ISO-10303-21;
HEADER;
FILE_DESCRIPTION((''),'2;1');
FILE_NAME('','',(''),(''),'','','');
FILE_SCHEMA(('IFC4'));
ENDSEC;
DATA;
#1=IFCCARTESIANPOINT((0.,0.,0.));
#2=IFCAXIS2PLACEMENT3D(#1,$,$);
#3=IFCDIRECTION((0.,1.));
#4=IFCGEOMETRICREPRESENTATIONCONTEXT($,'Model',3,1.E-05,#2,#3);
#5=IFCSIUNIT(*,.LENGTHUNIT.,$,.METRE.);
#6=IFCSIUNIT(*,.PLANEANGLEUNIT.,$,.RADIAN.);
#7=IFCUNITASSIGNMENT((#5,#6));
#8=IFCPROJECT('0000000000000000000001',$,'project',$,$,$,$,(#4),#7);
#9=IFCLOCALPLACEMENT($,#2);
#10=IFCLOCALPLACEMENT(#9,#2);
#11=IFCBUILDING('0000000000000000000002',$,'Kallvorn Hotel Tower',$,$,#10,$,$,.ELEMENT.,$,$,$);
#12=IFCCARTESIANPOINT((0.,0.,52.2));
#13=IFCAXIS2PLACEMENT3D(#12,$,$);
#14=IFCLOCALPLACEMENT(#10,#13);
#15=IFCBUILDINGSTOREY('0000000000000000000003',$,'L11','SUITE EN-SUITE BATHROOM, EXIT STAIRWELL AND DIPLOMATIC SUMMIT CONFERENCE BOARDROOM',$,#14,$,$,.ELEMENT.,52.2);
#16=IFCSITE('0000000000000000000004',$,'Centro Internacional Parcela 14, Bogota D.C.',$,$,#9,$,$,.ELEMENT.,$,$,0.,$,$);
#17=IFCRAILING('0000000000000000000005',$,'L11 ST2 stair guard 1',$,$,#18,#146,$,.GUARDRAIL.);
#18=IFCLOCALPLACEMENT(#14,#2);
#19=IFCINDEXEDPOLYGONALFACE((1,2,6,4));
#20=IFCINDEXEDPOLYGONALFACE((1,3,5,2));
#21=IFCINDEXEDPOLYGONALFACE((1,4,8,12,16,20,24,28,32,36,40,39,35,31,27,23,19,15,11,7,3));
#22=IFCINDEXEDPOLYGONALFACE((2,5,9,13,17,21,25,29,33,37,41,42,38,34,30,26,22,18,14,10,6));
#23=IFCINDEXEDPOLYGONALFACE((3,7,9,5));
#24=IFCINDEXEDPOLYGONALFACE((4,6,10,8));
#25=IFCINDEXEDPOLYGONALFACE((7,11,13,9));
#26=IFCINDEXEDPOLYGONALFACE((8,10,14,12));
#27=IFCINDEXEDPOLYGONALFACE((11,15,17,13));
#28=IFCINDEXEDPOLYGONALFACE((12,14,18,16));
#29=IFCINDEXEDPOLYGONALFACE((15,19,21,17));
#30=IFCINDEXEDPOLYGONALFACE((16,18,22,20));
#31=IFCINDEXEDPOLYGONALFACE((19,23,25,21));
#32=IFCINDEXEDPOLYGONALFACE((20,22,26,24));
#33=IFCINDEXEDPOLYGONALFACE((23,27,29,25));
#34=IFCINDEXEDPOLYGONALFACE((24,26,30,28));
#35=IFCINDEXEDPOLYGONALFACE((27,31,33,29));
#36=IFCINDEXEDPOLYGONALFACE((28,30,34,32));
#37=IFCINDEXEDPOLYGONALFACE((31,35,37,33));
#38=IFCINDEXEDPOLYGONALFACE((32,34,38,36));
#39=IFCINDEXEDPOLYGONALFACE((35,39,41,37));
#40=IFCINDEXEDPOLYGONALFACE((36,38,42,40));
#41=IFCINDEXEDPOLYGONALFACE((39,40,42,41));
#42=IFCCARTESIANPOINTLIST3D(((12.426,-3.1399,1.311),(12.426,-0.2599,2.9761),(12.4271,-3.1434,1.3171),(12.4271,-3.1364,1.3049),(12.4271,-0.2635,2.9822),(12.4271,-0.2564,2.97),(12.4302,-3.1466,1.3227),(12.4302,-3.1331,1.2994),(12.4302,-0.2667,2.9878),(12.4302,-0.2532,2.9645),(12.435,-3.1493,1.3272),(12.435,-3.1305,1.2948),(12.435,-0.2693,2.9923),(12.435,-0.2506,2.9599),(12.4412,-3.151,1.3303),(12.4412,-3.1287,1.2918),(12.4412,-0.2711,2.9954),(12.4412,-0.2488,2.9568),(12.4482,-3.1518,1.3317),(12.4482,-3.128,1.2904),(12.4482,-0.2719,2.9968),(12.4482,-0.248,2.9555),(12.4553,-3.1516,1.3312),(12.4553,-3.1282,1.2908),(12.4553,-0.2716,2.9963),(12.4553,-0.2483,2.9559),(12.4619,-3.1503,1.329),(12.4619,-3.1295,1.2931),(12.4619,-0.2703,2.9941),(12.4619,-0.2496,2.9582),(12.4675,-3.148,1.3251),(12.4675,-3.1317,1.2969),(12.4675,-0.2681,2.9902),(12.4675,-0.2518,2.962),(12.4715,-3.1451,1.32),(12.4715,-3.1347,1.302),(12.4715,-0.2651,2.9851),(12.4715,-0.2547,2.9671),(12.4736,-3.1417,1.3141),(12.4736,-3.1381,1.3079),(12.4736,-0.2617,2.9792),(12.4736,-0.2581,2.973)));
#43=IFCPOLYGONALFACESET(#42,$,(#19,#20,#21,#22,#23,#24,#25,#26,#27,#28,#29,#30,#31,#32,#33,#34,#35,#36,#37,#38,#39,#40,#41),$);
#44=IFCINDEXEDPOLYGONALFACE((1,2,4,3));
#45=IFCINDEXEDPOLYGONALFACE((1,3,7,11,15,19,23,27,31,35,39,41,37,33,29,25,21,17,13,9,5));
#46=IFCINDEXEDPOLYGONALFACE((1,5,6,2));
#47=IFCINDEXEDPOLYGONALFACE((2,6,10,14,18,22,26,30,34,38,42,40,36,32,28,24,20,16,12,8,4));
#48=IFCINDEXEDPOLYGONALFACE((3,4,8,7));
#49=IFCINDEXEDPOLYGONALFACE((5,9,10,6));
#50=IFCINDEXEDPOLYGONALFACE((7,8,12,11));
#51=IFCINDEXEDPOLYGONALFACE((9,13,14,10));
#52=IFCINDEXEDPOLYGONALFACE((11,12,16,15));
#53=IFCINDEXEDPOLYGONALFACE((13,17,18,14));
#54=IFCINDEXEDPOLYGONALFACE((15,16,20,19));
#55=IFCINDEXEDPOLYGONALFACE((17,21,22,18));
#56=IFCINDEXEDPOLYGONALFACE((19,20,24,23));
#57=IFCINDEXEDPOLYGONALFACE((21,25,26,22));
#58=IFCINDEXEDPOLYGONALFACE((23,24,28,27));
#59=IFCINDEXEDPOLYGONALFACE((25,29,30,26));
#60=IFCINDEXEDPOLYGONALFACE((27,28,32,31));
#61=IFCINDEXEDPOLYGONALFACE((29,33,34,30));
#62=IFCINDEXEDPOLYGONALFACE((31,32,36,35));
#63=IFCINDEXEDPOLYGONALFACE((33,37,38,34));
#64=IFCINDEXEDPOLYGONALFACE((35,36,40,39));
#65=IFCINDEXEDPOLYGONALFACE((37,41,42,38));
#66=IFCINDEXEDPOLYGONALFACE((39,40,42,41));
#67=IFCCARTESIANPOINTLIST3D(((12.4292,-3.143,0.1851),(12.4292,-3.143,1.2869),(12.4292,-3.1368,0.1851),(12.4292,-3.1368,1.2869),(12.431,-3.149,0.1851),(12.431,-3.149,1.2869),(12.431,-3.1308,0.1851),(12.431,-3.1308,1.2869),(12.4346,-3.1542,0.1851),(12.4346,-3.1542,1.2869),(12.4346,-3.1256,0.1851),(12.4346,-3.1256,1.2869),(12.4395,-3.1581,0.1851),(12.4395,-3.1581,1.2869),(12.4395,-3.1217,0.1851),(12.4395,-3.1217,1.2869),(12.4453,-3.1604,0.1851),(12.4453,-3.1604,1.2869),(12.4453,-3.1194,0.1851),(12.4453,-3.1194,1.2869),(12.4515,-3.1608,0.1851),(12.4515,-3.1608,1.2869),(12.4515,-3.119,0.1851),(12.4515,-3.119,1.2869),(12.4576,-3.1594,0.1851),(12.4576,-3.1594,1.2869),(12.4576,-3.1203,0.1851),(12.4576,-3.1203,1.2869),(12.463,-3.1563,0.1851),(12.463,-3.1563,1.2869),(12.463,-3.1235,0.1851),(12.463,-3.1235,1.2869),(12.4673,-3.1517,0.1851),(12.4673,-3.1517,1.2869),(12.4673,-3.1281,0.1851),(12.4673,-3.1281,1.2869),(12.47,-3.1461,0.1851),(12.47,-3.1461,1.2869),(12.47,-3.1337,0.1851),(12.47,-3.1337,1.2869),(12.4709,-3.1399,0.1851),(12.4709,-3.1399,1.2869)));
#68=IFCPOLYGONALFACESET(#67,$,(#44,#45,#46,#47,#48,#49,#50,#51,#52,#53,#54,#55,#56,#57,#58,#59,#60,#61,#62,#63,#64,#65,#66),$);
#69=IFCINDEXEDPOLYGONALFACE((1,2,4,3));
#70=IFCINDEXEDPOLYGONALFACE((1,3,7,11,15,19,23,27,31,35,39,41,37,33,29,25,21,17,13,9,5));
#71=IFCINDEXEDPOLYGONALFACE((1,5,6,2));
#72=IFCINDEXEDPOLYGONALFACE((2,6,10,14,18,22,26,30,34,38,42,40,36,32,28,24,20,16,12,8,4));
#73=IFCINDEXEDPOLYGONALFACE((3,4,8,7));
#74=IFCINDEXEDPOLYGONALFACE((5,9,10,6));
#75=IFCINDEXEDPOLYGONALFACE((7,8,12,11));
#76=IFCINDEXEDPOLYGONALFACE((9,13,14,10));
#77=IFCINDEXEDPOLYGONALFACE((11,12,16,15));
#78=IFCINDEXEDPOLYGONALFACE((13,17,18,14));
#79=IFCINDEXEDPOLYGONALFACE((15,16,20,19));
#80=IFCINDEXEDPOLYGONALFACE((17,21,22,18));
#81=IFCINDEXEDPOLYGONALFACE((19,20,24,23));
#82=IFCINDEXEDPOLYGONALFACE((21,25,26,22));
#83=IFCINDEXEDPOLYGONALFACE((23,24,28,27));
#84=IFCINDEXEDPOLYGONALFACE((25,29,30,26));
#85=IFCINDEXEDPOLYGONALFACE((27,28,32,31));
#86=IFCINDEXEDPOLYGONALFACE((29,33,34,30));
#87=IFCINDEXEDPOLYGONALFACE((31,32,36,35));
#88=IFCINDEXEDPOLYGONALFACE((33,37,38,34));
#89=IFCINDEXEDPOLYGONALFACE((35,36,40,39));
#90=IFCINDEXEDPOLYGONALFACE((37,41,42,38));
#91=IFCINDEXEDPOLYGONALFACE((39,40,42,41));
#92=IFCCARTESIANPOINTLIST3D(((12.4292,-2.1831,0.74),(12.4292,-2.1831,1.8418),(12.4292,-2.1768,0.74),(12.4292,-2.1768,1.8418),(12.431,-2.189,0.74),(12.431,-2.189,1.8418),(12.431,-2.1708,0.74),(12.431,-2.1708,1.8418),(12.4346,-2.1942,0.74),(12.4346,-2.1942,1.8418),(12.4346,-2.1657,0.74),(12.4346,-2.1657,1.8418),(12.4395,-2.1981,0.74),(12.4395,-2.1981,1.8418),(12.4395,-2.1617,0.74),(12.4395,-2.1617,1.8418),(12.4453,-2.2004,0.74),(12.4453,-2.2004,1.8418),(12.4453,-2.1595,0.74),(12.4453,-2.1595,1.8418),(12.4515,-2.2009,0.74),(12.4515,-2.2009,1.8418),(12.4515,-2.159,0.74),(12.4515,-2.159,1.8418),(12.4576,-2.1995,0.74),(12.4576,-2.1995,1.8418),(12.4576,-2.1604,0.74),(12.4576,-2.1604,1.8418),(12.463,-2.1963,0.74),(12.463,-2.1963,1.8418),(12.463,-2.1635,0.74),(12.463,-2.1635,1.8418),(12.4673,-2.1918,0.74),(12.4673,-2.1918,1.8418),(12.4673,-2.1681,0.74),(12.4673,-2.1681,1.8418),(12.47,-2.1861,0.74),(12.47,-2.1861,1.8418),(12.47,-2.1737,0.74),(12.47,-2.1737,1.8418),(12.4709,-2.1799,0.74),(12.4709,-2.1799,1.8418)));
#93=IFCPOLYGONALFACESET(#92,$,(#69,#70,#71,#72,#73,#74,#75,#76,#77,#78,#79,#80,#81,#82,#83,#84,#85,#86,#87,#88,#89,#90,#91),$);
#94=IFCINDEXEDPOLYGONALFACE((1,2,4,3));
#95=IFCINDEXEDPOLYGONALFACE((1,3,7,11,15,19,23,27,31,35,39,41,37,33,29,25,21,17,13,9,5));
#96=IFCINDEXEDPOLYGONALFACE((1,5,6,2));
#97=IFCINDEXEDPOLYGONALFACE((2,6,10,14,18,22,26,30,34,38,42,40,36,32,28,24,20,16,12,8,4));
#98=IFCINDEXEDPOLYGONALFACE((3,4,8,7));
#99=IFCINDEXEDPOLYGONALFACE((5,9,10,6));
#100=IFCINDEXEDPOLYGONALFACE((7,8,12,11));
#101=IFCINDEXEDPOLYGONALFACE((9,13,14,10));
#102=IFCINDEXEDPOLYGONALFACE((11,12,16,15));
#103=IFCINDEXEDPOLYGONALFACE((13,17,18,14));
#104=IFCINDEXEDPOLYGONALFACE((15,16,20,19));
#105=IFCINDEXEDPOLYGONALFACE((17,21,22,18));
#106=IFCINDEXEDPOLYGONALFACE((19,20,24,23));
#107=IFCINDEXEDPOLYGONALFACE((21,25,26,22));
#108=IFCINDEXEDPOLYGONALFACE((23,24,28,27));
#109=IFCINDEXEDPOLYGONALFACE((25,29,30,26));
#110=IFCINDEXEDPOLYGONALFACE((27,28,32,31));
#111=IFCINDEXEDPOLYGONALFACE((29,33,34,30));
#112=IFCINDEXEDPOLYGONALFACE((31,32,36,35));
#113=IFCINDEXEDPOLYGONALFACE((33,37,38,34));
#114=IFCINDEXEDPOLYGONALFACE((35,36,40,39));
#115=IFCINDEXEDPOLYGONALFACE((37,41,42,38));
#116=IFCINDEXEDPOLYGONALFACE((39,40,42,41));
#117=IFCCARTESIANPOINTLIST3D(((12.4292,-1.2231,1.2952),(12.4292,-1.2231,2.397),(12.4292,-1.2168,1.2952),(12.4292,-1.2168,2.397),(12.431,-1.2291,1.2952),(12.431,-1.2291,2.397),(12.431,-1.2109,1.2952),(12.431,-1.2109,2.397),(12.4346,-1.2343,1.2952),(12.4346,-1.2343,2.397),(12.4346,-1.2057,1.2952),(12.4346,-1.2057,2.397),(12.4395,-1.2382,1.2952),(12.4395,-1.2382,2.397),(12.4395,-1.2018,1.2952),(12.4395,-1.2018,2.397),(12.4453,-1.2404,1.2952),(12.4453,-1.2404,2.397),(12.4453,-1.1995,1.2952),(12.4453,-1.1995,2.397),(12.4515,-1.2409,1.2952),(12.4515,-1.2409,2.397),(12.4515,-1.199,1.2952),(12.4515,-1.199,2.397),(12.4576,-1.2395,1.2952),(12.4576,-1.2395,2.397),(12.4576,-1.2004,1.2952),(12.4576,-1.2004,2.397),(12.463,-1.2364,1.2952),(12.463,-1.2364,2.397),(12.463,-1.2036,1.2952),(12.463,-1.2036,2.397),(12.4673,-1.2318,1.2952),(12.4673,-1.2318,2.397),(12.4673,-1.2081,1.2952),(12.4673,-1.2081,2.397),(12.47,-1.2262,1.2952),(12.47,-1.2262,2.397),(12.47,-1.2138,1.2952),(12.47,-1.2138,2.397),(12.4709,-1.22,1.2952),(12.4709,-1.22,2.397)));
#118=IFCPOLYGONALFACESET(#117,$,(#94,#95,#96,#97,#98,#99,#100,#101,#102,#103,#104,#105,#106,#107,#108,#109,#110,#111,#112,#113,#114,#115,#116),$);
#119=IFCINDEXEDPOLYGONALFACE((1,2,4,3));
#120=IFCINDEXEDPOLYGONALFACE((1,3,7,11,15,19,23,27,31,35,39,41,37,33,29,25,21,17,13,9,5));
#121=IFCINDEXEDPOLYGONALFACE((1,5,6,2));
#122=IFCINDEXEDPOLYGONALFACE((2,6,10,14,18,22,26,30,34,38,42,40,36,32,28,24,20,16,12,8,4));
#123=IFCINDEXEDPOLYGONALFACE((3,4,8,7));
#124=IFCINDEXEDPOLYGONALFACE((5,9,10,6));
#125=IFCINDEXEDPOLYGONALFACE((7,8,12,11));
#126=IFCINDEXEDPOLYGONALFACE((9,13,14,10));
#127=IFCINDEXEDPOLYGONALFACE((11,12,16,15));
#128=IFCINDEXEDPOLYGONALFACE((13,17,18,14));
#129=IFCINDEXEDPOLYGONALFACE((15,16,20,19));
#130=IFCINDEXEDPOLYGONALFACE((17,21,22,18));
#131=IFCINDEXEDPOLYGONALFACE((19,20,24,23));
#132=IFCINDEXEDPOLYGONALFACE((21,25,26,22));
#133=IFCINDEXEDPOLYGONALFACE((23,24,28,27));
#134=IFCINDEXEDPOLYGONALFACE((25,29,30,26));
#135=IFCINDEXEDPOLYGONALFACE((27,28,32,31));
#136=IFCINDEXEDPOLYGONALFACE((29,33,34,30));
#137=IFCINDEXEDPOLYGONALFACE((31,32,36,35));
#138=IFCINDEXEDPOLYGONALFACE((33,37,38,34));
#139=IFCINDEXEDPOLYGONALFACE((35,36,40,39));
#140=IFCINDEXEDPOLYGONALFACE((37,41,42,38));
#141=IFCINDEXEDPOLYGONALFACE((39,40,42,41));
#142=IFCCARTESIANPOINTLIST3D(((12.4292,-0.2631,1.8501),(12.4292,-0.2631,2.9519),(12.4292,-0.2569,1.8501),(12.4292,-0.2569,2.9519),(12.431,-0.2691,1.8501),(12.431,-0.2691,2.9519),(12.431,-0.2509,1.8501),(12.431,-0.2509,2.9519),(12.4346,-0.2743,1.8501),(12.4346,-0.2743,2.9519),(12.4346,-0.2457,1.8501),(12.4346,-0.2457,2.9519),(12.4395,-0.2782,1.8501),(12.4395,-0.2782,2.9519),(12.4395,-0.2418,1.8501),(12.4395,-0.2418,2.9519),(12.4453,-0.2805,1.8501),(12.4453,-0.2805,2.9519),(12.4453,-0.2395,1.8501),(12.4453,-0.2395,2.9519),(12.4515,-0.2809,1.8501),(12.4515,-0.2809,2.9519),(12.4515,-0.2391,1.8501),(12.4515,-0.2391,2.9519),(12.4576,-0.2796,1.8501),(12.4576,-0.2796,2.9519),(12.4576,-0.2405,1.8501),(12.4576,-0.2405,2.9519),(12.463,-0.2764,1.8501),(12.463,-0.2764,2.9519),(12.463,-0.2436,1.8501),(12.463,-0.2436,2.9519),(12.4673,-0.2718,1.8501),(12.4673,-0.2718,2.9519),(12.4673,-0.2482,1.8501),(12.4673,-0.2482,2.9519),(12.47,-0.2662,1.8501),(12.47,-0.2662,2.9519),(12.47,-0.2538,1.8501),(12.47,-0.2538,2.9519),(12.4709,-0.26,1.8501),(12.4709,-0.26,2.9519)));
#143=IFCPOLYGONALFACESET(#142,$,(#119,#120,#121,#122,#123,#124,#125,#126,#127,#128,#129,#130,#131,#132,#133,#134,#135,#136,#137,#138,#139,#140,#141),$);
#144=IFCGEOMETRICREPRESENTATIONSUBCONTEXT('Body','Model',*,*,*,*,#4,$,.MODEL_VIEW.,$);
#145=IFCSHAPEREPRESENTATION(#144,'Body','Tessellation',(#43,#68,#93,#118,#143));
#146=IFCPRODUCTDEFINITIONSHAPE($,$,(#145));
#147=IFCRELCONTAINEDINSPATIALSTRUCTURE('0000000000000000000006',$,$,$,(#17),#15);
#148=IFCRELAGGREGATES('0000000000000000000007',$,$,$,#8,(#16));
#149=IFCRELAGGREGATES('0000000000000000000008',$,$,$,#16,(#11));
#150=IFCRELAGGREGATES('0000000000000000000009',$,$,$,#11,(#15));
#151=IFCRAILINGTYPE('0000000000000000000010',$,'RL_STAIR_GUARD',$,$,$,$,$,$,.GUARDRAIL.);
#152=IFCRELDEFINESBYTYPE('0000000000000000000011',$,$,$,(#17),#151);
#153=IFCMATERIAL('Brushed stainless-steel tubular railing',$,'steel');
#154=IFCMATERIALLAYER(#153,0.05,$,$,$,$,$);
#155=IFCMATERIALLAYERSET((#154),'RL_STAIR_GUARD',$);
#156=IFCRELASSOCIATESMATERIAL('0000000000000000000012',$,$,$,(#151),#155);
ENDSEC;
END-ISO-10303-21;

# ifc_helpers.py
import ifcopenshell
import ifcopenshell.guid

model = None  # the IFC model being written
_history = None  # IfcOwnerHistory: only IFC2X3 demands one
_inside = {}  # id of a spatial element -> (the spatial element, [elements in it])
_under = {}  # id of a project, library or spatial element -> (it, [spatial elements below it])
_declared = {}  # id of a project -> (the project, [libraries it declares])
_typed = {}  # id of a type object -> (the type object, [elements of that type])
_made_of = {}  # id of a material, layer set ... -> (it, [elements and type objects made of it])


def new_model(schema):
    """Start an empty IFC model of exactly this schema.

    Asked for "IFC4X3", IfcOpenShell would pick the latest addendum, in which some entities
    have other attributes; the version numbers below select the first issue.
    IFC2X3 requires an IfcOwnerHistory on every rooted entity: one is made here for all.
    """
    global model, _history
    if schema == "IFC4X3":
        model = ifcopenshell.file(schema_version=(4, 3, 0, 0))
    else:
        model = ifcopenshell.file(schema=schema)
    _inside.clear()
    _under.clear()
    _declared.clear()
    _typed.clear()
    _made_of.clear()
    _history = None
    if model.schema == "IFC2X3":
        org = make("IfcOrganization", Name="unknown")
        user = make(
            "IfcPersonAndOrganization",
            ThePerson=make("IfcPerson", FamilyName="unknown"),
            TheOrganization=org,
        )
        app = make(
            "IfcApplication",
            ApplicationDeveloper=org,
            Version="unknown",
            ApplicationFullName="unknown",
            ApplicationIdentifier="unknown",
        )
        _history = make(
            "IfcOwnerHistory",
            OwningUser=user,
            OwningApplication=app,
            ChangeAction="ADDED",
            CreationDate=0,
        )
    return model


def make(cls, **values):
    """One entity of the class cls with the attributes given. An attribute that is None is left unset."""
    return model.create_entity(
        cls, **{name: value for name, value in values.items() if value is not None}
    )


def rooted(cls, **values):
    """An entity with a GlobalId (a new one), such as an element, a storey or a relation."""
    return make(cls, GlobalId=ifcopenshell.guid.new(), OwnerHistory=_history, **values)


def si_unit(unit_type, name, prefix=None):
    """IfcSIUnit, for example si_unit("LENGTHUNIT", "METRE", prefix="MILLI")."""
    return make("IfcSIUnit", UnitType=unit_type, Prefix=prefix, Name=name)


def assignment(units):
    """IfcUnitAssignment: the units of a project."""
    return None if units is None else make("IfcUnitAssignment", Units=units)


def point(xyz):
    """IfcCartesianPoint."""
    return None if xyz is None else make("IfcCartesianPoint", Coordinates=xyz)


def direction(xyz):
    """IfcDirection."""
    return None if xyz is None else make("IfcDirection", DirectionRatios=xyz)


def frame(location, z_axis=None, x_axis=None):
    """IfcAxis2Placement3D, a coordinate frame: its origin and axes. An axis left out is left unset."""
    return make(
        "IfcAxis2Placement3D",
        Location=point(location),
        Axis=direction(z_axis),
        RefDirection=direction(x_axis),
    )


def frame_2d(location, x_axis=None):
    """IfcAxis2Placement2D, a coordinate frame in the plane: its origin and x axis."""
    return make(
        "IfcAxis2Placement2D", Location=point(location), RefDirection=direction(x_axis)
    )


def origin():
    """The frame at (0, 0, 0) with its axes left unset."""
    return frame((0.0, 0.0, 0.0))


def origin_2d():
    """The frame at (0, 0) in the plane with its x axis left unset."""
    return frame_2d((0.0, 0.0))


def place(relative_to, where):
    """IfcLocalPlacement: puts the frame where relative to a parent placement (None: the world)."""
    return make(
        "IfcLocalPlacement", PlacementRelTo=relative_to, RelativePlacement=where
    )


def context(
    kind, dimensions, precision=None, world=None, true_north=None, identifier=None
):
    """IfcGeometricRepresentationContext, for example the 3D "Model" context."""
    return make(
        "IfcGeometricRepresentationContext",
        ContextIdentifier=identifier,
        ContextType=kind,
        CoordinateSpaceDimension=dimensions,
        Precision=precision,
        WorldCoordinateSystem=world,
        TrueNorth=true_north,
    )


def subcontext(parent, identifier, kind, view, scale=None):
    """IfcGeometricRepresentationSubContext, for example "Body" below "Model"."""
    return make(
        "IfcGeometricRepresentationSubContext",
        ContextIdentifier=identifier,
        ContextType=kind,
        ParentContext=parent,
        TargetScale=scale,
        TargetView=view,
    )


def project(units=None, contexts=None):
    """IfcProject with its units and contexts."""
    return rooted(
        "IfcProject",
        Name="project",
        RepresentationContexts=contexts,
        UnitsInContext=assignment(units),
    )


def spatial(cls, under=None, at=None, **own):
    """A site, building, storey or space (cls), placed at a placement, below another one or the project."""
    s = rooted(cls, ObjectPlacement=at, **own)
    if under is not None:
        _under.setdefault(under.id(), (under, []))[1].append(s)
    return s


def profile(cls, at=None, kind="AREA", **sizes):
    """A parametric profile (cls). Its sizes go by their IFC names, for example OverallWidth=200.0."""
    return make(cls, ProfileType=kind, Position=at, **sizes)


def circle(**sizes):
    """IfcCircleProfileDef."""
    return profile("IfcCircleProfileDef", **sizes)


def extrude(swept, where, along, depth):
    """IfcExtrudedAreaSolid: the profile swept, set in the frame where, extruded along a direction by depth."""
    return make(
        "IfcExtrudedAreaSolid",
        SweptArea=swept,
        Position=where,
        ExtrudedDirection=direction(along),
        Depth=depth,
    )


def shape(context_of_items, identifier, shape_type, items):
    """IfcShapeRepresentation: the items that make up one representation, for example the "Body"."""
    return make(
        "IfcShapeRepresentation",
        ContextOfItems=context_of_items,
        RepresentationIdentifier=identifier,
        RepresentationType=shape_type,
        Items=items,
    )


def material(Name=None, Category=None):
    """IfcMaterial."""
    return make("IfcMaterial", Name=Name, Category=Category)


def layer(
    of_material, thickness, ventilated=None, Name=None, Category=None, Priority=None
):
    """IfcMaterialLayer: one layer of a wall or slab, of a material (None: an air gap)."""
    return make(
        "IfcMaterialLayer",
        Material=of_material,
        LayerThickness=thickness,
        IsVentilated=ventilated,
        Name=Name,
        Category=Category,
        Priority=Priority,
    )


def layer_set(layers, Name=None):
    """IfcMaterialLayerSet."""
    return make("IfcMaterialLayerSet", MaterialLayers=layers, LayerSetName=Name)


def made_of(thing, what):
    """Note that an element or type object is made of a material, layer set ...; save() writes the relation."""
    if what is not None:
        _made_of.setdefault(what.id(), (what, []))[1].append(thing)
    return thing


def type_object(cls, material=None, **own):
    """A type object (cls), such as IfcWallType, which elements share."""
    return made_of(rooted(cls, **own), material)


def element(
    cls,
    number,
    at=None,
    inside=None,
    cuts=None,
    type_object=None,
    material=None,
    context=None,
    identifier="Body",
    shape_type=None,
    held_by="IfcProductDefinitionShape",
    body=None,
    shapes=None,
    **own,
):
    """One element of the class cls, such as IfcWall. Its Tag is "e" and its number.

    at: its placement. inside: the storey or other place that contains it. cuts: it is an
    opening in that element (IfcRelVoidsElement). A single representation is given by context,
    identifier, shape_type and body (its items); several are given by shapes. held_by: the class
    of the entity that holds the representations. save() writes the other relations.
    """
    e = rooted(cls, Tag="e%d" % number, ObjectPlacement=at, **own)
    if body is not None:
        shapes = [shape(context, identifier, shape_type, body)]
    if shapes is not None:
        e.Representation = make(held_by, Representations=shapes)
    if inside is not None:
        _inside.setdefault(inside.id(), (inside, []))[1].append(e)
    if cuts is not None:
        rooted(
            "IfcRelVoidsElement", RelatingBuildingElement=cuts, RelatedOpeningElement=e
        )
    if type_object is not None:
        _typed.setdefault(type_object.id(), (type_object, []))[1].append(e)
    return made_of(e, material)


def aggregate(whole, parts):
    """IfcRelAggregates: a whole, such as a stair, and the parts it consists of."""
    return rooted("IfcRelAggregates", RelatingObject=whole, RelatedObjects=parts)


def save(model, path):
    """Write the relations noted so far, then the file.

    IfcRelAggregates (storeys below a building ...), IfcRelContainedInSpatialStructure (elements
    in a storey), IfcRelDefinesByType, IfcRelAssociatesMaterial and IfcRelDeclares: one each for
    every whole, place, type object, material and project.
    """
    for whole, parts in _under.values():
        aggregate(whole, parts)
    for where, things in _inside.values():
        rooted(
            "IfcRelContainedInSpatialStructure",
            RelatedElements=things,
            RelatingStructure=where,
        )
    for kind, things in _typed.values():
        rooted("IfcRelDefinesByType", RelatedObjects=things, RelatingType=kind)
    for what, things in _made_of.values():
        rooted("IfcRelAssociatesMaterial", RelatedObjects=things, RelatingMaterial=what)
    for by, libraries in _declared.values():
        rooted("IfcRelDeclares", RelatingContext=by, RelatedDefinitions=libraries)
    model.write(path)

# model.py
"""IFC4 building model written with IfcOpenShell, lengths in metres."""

from ifc_helpers import new_model, si_unit, direction, frame, origin, origin_2d, place, context, subcontext, project, spatial, circle, extrude, material, layer, layer_set, type_object, element, save


model = new_model("IFC4")

# Units and contexts
model_context = context("Model", 3, precision=1e-05, world=origin(), true_north=direction((0.0, 1.0)))
body_context = subcontext(model_context, "Body", "Model", "MODEL_VIEW")
ifc_project = project(units=[si_unit("LENGTHUNIT", "METRE"), si_unit("PLANEANGLEUNIT", "RADIAN")], contexts=[model_context])

# Site, building, storey
site_placement = place(None, origin())
site = spatial("IfcSite", under=ifc_project, at=site_placement, Name="Centro Internacional Parcela 14, Bogota D.C.", CompositionType="ELEMENT", RefElevation=0.0)
building_placement = place(site_placement, origin())
building = spatial("IfcBuilding", under=site, at=building_placement, Name="Kallvorn Hotel Tower", CompositionType="ELEMENT")
storey_placement = place(building_placement, frame((0.0, 0.0, 52.2)))
storey = spatial("IfcBuildingStorey", under=building, at=storey_placement, Name="L11", Description="SUITE EN-SUITE BATHROOM, EXIT STAIRWELL AND DIPLOMATIC SUMMIT CONFERENCE BOARDROOM", CompositionType="ELEMENT", Elevation=52.2)

# Railing
ifc_material_1 = material(Name="Brushed stainless-steel tubular railing", Category="steel")
ifc_layer_1 = layer(ifc_material_1, 0.05)
ifc_layer_set_1 = layer_set([ifc_layer_1], Name="RL_STAIR_GUARD")
railing_type = type_object("IfcRailingType", Name="RL_STAIR_GUARD", PredefinedType="GUARDRAIL", material=ifc_layer_set_1)
railing_1_placement = place(storey_placement, frame((12.45, -3.1399, 0.1851)))
element("IfcRailing", 1, at=railing_1_placement, inside=storey, type_object=railing_type, Name="L11 ST2 stair guard 1", PredefinedType="GUARDRAIL", context=body_context, shape_type="SweptSolid", body=[
    extrude(circle(Radius=0.0239, at=origin_2d()), frame((0.0, 0.0, 1.126), z_axis=(0.0, 0.865721, 0.500527), x_axis=(-1.0, 0.0, 0.0)), (0.0, 0.0, 1.0), 3.3267),
    extrude(circle(Radius=0.021, at=origin_2d()), origin(), (0.0, 0.0, 1.0), 1.1018),
    extrude(circle(Radius=0.021, at=origin_2d()), frame((0.0, 0.96, 0.5549)), (0.0, 0.0, 1.0), 1.1018),
    extrude(circle(Radius=0.021, at=origin_2d()), frame((0.0, 1.9199, 1.1101)), (0.0, 0.0, 1.0), 1.1018),
    extrude(circle(Radius=0.021, at=origin_2d()), frame((0.0, 2.8799, 1.665)), (0.0, 0.0, 1.0), 1.1018),
])

save(model, "model.ifc")
